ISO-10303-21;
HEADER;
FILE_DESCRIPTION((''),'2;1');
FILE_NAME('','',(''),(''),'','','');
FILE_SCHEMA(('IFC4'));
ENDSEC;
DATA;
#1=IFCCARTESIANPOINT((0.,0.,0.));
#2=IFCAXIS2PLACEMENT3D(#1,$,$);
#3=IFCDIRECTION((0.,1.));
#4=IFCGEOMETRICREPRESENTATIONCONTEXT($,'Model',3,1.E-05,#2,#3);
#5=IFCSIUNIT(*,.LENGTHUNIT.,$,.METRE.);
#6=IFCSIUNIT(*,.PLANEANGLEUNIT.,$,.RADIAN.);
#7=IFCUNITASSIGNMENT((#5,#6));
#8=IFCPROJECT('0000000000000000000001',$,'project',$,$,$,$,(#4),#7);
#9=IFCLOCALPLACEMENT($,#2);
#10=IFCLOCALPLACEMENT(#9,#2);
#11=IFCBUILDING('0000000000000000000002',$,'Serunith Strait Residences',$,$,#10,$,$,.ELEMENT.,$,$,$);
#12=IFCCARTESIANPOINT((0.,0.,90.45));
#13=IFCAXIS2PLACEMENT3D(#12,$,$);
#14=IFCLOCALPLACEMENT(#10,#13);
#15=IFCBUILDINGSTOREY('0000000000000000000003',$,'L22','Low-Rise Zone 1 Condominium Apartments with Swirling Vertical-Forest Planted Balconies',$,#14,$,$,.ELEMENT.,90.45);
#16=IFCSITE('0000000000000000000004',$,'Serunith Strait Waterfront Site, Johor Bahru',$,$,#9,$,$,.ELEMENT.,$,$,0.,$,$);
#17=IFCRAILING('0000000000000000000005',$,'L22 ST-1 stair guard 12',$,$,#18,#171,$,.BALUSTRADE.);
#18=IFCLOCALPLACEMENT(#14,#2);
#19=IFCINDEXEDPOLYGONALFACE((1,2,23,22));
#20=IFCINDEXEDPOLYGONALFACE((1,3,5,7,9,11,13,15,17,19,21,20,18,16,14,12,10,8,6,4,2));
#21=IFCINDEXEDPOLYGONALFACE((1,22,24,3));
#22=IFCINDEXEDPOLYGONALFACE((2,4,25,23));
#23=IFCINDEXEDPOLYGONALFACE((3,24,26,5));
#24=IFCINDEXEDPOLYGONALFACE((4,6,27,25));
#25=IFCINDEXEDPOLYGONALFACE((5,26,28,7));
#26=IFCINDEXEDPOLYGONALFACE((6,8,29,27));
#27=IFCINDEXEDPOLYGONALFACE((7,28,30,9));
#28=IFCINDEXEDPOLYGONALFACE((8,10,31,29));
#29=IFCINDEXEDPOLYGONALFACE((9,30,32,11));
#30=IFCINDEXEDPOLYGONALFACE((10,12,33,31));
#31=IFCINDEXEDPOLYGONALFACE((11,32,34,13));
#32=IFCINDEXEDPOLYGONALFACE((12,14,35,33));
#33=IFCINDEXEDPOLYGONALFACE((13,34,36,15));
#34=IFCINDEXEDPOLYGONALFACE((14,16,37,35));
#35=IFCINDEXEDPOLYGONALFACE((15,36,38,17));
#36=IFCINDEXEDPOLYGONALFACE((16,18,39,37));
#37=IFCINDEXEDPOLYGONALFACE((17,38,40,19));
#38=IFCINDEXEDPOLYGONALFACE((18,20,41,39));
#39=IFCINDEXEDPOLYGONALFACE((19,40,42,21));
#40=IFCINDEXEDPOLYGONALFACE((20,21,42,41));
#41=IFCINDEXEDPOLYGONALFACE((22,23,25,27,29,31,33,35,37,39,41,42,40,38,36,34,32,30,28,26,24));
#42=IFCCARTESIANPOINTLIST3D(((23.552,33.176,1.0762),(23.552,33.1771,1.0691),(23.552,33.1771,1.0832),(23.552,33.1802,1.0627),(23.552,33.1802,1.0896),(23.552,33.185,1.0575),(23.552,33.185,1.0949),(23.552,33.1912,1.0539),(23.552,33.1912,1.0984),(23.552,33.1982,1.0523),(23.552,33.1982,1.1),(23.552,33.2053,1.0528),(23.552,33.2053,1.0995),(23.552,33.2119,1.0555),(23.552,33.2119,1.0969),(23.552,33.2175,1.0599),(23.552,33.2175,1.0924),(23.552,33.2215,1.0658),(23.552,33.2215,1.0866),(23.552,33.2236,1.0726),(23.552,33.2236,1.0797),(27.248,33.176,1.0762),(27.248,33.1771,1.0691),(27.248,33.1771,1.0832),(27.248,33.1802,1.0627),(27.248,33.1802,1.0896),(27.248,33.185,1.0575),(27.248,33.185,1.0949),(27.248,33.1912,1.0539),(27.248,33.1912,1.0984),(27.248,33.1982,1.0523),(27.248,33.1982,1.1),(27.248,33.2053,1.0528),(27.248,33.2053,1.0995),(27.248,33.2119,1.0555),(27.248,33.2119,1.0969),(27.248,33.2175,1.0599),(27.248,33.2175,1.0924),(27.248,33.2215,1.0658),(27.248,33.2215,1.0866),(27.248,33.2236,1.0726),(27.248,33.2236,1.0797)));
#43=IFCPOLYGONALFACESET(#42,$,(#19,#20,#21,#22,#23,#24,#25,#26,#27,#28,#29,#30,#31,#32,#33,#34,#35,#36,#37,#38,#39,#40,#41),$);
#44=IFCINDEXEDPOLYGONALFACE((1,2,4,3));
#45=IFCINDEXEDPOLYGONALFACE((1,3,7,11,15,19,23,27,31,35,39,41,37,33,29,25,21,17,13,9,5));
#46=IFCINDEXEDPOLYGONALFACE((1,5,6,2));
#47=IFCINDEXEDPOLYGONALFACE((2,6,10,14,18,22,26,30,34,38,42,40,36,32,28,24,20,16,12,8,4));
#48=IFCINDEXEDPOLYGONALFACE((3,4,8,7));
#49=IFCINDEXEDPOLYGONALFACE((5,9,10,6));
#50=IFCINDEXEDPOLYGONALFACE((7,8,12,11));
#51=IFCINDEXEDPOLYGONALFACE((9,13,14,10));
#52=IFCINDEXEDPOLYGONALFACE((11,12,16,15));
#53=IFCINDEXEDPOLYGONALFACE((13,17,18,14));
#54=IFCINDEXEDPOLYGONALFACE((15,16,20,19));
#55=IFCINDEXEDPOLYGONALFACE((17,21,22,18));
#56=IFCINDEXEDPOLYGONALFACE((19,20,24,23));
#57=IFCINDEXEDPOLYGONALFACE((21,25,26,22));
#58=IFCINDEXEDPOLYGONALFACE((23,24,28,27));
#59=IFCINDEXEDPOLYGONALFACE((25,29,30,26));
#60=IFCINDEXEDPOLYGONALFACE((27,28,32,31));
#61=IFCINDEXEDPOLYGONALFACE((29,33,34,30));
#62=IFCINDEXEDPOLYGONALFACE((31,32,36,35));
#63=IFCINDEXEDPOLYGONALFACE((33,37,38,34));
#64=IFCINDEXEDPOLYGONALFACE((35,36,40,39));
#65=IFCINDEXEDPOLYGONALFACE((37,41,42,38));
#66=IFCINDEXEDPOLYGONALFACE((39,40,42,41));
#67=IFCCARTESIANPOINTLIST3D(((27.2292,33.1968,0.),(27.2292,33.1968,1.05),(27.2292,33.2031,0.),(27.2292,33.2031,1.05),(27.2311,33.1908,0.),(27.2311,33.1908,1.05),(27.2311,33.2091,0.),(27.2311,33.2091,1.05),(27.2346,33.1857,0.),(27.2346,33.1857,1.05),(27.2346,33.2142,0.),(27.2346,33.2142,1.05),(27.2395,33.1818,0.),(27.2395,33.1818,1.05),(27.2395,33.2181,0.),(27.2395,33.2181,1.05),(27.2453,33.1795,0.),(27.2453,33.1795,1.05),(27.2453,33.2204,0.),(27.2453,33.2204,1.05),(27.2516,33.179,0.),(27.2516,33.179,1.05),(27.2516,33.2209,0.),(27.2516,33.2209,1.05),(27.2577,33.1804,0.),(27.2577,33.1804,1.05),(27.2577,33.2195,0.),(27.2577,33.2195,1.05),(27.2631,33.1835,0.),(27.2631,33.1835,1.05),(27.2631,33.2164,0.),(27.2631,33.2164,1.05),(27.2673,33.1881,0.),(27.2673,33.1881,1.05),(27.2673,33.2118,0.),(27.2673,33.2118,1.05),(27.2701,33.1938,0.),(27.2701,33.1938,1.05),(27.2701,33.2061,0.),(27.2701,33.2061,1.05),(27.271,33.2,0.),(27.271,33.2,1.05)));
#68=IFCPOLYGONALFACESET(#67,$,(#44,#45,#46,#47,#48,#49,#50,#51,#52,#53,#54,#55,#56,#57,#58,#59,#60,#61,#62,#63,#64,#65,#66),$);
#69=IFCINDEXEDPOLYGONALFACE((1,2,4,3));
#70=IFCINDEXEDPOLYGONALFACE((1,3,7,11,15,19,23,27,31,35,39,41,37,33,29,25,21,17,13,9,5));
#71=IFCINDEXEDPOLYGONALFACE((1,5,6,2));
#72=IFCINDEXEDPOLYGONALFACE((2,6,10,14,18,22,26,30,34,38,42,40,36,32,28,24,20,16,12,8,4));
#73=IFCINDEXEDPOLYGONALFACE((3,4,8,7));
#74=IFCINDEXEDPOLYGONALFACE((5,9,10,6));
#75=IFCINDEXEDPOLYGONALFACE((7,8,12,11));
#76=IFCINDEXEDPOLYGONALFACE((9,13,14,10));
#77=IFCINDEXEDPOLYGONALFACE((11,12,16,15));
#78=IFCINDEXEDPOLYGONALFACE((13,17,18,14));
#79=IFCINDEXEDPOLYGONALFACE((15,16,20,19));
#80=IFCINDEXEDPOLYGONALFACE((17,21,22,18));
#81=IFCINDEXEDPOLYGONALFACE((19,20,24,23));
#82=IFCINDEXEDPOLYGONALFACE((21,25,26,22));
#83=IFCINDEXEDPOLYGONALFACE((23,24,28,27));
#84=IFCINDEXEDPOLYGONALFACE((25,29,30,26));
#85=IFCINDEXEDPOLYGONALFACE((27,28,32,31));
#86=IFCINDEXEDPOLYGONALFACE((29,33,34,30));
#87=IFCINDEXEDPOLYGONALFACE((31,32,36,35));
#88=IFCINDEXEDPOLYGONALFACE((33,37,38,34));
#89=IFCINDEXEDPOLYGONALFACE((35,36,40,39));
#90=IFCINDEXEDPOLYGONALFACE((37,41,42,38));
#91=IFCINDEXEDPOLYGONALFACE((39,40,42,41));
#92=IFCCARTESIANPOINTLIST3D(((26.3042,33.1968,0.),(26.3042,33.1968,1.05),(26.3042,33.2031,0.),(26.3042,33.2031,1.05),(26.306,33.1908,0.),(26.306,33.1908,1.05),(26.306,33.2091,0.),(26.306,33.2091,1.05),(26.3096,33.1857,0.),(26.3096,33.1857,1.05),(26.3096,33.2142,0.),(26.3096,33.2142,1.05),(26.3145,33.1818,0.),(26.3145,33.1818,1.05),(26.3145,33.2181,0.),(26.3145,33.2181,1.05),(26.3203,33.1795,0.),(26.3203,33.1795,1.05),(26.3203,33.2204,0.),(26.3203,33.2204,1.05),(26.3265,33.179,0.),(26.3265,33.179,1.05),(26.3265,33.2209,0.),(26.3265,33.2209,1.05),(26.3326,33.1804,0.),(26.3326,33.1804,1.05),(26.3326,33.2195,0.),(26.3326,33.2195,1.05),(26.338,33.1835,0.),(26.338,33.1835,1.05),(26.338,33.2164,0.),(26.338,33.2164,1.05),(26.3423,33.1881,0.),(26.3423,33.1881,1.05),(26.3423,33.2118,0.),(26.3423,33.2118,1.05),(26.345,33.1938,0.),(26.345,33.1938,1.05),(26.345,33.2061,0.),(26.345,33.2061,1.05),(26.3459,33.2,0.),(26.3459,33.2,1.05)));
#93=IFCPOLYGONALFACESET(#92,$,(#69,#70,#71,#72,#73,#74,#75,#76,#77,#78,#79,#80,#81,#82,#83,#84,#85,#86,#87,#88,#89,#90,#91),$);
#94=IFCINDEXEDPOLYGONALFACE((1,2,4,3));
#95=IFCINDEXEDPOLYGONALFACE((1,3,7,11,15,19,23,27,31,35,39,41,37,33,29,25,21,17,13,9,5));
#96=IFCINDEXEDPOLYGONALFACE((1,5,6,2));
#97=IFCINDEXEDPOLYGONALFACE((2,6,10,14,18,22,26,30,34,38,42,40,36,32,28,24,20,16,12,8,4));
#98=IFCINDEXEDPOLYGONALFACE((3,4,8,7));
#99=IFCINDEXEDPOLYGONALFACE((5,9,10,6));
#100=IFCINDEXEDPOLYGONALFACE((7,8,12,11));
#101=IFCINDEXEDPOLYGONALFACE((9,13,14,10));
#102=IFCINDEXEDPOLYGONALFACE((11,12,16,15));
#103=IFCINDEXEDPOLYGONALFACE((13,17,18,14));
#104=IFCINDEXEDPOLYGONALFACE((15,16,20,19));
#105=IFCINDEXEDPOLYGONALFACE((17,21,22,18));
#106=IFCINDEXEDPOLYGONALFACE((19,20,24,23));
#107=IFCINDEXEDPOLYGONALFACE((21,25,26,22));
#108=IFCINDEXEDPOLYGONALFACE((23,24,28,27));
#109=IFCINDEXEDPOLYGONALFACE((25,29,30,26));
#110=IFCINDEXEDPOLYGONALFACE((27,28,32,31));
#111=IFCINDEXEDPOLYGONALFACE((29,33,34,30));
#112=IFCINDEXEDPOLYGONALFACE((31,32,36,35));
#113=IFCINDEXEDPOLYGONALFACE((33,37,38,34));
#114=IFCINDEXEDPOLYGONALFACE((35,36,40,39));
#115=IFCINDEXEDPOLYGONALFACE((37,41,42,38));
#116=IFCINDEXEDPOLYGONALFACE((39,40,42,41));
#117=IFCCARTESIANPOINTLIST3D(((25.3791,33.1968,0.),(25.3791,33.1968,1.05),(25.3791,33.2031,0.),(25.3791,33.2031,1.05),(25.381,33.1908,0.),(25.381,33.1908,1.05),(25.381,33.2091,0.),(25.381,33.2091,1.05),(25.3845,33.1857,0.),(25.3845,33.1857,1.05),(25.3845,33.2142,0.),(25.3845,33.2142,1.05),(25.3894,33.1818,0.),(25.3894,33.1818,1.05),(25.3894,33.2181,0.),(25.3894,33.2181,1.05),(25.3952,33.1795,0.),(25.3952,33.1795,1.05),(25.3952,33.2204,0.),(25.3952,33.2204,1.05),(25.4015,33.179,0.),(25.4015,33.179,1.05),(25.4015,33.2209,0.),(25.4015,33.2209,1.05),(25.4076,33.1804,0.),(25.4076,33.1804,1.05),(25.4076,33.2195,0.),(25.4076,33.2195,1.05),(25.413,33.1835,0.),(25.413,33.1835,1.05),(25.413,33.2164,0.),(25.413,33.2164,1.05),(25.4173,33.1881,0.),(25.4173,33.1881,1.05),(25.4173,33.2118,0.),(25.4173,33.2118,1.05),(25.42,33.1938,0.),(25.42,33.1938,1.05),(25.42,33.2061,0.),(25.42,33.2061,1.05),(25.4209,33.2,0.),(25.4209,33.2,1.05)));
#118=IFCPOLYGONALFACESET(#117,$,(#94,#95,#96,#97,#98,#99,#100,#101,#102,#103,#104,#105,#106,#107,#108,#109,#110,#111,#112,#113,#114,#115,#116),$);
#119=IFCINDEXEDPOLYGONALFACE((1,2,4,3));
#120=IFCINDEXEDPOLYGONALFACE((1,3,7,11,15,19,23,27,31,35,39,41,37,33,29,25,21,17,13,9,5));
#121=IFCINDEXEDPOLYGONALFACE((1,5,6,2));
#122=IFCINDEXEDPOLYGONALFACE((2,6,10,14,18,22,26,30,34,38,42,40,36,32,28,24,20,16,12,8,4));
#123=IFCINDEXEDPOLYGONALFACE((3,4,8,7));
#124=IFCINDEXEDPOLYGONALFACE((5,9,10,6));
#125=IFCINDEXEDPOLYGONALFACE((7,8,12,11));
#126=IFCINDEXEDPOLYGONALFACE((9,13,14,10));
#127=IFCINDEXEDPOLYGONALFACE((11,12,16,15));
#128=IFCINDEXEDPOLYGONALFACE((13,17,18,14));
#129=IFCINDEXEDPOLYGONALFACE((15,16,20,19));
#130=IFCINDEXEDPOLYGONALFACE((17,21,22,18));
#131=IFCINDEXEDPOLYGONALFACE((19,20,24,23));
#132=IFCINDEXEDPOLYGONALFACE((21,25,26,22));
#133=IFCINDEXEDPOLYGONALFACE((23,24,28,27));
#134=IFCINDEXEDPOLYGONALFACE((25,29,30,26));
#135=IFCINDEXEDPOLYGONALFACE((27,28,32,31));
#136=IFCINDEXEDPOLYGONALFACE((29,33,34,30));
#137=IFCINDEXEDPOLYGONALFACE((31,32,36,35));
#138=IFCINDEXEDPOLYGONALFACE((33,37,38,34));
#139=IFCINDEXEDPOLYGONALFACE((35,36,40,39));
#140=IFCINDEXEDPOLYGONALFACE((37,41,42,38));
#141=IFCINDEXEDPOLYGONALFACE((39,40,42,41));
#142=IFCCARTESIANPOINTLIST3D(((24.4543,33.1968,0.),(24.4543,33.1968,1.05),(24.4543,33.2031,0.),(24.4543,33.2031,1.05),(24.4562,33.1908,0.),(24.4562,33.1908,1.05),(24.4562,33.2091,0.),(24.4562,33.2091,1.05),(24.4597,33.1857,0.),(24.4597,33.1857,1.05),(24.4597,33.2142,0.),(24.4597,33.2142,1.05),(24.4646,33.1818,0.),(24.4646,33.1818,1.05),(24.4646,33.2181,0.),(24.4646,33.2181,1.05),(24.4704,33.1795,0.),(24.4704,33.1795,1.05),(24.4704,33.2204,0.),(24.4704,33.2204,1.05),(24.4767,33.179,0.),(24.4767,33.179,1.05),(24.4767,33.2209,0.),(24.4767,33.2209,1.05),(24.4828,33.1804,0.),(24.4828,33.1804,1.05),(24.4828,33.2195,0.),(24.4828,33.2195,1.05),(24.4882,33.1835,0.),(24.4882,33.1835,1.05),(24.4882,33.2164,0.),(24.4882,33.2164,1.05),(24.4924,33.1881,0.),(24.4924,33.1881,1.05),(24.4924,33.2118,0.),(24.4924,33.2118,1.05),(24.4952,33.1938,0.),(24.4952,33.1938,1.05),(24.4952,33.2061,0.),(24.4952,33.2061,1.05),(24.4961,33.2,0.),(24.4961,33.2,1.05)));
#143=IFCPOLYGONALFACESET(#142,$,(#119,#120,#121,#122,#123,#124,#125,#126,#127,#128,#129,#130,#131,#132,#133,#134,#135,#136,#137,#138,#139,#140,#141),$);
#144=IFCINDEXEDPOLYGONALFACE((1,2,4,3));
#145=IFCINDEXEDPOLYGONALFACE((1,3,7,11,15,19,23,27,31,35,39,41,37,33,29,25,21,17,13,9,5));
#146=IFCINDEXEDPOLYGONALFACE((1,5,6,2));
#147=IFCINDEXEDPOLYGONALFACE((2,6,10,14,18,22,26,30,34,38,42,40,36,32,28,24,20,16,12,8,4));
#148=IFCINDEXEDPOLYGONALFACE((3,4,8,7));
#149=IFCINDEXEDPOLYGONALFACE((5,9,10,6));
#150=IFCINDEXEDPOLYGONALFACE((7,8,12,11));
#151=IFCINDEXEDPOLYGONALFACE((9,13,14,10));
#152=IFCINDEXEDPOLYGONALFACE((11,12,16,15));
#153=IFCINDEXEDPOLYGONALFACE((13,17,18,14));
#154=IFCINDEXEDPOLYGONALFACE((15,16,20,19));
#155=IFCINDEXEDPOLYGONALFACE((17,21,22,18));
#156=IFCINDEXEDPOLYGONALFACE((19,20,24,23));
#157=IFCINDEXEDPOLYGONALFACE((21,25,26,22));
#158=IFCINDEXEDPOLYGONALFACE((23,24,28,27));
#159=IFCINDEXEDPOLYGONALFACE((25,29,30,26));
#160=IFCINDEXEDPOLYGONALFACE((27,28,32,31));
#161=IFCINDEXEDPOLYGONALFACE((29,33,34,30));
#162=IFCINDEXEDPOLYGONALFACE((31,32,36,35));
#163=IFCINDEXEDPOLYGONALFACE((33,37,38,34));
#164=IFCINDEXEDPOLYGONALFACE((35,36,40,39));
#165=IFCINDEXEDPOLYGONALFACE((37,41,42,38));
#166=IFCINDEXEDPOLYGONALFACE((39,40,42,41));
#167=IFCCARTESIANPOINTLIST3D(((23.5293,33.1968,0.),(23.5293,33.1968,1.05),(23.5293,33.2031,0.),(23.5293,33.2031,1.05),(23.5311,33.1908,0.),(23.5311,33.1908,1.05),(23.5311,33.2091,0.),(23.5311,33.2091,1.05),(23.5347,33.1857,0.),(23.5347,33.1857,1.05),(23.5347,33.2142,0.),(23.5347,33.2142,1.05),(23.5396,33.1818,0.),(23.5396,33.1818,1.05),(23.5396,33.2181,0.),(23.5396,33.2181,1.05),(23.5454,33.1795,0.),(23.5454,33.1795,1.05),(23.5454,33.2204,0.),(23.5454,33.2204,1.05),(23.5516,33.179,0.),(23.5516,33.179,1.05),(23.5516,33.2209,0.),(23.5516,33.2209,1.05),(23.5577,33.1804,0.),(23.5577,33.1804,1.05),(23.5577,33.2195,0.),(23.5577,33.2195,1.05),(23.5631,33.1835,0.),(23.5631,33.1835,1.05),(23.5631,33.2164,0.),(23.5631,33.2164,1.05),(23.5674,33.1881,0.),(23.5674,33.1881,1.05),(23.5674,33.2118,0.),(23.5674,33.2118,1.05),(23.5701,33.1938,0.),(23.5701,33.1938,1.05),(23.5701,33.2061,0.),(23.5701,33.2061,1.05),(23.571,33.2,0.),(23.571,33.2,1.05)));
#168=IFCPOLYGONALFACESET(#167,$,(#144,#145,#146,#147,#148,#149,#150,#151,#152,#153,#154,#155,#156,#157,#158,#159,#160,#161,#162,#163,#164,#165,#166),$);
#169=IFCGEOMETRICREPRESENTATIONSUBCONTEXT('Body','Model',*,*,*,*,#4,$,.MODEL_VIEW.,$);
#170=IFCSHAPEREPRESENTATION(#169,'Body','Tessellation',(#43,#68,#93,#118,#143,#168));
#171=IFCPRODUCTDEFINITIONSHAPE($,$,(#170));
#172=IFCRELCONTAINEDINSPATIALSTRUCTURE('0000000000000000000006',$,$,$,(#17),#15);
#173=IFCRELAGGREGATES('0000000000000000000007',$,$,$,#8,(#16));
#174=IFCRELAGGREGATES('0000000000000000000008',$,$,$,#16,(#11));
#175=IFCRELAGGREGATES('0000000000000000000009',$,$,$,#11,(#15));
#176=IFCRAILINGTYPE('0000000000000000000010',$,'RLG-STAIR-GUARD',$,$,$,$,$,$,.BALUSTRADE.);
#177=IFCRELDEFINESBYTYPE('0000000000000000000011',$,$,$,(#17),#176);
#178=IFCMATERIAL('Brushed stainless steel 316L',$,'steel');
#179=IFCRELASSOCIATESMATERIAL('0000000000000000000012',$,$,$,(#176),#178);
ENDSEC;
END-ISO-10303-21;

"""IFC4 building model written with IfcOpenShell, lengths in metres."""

from ifc_helpers import new_model, si_unit, direction, frame, origin, origin_2d, place, context, subcontext, project, spatial, circle, extrude, material, type_object, element, save


model = new_model("IFC4")

# Units and contexts
model_context = context("Model", 3, precision=1e-05, world=origin(), true_north=direction((0.0, 1.0)))
body_context = subcontext(model_context, "Body", "Model", "MODEL_VIEW")
ifc_project = project(units=[si_unit("LENGTHUNIT", "METRE"), si_unit("PLANEANGLEUNIT", "RADIAN")], contexts=[model_context])

# Site, building, storey
site_placement = place(None, origin())
site = spatial("IfcSite", under=ifc_project, at=site_placement, Name="Serunith Strait Waterfront Site, Johor Bahru", CompositionType="ELEMENT", RefElevation=0.0)
building_placement = place(site_placement, origin())
building = spatial("IfcBuilding", under=site, at=building_placement, Name="Serunith Strait Residences", CompositionType="ELEMENT")
storey_placement = place(building_placement, frame((0.0, 0.0, 90.45)))
storey = spatial("IfcBuildingStorey", under=building, at=storey_placement, Name="L22", Description="Low-Rise Zone 1 Condominium Apartments with Swirling Vertical-Forest Planted Balconies", CompositionType="ELEMENT", Elevation=90.45)

# Railing
ifc_material_1 = material(Name="Brushed stainless steel 316L", Category="steel")
railing_type = type_object("IfcRailingType", Name="RLG-STAIR-GUARD", PredefinedType="BALUSTRADE", material=ifc_material_1)
railing_1_placement = place(storey_placement, frame((27.25, 33.2, 0.0)))
element("IfcRailing", 1, at=railing_1_placement, inside=storey, type_object=railing_type, Name="L22 ST-1 stair guard 12", PredefinedType="BALUSTRADE", context=body_context, shape_type="SweptSolid", body=[
    extrude(circle(Radius=0.0239, at=origin_2d()), frame((-0.002, 0.0, 1.0762), z_axis=(-1.0, 0.0, 0.0), x_axis=(0.0, -1.0, 0.0)), (0.0, 0.0, 1.0), 3.696),
    extrude(circle(Radius=0.021, at=origin_2d()), origin(), (0.0, 0.0, 1.0), 1.05),
    extrude(circle(Radius=0.021, at=origin_2d()), frame((-0.925, 0.0, 0.0)), (0.0, 0.0, 1.0), 1.05),
    extrude(circle(Radius=0.021, at=origin_2d()), frame((-1.8501, 0.0, 0.0)), (0.0, 0.0, 1.0), 1.05),
    extrude(circle(Radius=0.021, at=origin_2d()), frame((-2.7749, 0.0, 0.0)), (0.0, 0.0, 1.0), 1.05),
    extrude(circle(Radius=0.021, at=origin_2d()), frame((-3.7, 0.0, 0.0)), (0.0, 0.0, 1.0), 1.05),
])

save(model, "model.ifc")
